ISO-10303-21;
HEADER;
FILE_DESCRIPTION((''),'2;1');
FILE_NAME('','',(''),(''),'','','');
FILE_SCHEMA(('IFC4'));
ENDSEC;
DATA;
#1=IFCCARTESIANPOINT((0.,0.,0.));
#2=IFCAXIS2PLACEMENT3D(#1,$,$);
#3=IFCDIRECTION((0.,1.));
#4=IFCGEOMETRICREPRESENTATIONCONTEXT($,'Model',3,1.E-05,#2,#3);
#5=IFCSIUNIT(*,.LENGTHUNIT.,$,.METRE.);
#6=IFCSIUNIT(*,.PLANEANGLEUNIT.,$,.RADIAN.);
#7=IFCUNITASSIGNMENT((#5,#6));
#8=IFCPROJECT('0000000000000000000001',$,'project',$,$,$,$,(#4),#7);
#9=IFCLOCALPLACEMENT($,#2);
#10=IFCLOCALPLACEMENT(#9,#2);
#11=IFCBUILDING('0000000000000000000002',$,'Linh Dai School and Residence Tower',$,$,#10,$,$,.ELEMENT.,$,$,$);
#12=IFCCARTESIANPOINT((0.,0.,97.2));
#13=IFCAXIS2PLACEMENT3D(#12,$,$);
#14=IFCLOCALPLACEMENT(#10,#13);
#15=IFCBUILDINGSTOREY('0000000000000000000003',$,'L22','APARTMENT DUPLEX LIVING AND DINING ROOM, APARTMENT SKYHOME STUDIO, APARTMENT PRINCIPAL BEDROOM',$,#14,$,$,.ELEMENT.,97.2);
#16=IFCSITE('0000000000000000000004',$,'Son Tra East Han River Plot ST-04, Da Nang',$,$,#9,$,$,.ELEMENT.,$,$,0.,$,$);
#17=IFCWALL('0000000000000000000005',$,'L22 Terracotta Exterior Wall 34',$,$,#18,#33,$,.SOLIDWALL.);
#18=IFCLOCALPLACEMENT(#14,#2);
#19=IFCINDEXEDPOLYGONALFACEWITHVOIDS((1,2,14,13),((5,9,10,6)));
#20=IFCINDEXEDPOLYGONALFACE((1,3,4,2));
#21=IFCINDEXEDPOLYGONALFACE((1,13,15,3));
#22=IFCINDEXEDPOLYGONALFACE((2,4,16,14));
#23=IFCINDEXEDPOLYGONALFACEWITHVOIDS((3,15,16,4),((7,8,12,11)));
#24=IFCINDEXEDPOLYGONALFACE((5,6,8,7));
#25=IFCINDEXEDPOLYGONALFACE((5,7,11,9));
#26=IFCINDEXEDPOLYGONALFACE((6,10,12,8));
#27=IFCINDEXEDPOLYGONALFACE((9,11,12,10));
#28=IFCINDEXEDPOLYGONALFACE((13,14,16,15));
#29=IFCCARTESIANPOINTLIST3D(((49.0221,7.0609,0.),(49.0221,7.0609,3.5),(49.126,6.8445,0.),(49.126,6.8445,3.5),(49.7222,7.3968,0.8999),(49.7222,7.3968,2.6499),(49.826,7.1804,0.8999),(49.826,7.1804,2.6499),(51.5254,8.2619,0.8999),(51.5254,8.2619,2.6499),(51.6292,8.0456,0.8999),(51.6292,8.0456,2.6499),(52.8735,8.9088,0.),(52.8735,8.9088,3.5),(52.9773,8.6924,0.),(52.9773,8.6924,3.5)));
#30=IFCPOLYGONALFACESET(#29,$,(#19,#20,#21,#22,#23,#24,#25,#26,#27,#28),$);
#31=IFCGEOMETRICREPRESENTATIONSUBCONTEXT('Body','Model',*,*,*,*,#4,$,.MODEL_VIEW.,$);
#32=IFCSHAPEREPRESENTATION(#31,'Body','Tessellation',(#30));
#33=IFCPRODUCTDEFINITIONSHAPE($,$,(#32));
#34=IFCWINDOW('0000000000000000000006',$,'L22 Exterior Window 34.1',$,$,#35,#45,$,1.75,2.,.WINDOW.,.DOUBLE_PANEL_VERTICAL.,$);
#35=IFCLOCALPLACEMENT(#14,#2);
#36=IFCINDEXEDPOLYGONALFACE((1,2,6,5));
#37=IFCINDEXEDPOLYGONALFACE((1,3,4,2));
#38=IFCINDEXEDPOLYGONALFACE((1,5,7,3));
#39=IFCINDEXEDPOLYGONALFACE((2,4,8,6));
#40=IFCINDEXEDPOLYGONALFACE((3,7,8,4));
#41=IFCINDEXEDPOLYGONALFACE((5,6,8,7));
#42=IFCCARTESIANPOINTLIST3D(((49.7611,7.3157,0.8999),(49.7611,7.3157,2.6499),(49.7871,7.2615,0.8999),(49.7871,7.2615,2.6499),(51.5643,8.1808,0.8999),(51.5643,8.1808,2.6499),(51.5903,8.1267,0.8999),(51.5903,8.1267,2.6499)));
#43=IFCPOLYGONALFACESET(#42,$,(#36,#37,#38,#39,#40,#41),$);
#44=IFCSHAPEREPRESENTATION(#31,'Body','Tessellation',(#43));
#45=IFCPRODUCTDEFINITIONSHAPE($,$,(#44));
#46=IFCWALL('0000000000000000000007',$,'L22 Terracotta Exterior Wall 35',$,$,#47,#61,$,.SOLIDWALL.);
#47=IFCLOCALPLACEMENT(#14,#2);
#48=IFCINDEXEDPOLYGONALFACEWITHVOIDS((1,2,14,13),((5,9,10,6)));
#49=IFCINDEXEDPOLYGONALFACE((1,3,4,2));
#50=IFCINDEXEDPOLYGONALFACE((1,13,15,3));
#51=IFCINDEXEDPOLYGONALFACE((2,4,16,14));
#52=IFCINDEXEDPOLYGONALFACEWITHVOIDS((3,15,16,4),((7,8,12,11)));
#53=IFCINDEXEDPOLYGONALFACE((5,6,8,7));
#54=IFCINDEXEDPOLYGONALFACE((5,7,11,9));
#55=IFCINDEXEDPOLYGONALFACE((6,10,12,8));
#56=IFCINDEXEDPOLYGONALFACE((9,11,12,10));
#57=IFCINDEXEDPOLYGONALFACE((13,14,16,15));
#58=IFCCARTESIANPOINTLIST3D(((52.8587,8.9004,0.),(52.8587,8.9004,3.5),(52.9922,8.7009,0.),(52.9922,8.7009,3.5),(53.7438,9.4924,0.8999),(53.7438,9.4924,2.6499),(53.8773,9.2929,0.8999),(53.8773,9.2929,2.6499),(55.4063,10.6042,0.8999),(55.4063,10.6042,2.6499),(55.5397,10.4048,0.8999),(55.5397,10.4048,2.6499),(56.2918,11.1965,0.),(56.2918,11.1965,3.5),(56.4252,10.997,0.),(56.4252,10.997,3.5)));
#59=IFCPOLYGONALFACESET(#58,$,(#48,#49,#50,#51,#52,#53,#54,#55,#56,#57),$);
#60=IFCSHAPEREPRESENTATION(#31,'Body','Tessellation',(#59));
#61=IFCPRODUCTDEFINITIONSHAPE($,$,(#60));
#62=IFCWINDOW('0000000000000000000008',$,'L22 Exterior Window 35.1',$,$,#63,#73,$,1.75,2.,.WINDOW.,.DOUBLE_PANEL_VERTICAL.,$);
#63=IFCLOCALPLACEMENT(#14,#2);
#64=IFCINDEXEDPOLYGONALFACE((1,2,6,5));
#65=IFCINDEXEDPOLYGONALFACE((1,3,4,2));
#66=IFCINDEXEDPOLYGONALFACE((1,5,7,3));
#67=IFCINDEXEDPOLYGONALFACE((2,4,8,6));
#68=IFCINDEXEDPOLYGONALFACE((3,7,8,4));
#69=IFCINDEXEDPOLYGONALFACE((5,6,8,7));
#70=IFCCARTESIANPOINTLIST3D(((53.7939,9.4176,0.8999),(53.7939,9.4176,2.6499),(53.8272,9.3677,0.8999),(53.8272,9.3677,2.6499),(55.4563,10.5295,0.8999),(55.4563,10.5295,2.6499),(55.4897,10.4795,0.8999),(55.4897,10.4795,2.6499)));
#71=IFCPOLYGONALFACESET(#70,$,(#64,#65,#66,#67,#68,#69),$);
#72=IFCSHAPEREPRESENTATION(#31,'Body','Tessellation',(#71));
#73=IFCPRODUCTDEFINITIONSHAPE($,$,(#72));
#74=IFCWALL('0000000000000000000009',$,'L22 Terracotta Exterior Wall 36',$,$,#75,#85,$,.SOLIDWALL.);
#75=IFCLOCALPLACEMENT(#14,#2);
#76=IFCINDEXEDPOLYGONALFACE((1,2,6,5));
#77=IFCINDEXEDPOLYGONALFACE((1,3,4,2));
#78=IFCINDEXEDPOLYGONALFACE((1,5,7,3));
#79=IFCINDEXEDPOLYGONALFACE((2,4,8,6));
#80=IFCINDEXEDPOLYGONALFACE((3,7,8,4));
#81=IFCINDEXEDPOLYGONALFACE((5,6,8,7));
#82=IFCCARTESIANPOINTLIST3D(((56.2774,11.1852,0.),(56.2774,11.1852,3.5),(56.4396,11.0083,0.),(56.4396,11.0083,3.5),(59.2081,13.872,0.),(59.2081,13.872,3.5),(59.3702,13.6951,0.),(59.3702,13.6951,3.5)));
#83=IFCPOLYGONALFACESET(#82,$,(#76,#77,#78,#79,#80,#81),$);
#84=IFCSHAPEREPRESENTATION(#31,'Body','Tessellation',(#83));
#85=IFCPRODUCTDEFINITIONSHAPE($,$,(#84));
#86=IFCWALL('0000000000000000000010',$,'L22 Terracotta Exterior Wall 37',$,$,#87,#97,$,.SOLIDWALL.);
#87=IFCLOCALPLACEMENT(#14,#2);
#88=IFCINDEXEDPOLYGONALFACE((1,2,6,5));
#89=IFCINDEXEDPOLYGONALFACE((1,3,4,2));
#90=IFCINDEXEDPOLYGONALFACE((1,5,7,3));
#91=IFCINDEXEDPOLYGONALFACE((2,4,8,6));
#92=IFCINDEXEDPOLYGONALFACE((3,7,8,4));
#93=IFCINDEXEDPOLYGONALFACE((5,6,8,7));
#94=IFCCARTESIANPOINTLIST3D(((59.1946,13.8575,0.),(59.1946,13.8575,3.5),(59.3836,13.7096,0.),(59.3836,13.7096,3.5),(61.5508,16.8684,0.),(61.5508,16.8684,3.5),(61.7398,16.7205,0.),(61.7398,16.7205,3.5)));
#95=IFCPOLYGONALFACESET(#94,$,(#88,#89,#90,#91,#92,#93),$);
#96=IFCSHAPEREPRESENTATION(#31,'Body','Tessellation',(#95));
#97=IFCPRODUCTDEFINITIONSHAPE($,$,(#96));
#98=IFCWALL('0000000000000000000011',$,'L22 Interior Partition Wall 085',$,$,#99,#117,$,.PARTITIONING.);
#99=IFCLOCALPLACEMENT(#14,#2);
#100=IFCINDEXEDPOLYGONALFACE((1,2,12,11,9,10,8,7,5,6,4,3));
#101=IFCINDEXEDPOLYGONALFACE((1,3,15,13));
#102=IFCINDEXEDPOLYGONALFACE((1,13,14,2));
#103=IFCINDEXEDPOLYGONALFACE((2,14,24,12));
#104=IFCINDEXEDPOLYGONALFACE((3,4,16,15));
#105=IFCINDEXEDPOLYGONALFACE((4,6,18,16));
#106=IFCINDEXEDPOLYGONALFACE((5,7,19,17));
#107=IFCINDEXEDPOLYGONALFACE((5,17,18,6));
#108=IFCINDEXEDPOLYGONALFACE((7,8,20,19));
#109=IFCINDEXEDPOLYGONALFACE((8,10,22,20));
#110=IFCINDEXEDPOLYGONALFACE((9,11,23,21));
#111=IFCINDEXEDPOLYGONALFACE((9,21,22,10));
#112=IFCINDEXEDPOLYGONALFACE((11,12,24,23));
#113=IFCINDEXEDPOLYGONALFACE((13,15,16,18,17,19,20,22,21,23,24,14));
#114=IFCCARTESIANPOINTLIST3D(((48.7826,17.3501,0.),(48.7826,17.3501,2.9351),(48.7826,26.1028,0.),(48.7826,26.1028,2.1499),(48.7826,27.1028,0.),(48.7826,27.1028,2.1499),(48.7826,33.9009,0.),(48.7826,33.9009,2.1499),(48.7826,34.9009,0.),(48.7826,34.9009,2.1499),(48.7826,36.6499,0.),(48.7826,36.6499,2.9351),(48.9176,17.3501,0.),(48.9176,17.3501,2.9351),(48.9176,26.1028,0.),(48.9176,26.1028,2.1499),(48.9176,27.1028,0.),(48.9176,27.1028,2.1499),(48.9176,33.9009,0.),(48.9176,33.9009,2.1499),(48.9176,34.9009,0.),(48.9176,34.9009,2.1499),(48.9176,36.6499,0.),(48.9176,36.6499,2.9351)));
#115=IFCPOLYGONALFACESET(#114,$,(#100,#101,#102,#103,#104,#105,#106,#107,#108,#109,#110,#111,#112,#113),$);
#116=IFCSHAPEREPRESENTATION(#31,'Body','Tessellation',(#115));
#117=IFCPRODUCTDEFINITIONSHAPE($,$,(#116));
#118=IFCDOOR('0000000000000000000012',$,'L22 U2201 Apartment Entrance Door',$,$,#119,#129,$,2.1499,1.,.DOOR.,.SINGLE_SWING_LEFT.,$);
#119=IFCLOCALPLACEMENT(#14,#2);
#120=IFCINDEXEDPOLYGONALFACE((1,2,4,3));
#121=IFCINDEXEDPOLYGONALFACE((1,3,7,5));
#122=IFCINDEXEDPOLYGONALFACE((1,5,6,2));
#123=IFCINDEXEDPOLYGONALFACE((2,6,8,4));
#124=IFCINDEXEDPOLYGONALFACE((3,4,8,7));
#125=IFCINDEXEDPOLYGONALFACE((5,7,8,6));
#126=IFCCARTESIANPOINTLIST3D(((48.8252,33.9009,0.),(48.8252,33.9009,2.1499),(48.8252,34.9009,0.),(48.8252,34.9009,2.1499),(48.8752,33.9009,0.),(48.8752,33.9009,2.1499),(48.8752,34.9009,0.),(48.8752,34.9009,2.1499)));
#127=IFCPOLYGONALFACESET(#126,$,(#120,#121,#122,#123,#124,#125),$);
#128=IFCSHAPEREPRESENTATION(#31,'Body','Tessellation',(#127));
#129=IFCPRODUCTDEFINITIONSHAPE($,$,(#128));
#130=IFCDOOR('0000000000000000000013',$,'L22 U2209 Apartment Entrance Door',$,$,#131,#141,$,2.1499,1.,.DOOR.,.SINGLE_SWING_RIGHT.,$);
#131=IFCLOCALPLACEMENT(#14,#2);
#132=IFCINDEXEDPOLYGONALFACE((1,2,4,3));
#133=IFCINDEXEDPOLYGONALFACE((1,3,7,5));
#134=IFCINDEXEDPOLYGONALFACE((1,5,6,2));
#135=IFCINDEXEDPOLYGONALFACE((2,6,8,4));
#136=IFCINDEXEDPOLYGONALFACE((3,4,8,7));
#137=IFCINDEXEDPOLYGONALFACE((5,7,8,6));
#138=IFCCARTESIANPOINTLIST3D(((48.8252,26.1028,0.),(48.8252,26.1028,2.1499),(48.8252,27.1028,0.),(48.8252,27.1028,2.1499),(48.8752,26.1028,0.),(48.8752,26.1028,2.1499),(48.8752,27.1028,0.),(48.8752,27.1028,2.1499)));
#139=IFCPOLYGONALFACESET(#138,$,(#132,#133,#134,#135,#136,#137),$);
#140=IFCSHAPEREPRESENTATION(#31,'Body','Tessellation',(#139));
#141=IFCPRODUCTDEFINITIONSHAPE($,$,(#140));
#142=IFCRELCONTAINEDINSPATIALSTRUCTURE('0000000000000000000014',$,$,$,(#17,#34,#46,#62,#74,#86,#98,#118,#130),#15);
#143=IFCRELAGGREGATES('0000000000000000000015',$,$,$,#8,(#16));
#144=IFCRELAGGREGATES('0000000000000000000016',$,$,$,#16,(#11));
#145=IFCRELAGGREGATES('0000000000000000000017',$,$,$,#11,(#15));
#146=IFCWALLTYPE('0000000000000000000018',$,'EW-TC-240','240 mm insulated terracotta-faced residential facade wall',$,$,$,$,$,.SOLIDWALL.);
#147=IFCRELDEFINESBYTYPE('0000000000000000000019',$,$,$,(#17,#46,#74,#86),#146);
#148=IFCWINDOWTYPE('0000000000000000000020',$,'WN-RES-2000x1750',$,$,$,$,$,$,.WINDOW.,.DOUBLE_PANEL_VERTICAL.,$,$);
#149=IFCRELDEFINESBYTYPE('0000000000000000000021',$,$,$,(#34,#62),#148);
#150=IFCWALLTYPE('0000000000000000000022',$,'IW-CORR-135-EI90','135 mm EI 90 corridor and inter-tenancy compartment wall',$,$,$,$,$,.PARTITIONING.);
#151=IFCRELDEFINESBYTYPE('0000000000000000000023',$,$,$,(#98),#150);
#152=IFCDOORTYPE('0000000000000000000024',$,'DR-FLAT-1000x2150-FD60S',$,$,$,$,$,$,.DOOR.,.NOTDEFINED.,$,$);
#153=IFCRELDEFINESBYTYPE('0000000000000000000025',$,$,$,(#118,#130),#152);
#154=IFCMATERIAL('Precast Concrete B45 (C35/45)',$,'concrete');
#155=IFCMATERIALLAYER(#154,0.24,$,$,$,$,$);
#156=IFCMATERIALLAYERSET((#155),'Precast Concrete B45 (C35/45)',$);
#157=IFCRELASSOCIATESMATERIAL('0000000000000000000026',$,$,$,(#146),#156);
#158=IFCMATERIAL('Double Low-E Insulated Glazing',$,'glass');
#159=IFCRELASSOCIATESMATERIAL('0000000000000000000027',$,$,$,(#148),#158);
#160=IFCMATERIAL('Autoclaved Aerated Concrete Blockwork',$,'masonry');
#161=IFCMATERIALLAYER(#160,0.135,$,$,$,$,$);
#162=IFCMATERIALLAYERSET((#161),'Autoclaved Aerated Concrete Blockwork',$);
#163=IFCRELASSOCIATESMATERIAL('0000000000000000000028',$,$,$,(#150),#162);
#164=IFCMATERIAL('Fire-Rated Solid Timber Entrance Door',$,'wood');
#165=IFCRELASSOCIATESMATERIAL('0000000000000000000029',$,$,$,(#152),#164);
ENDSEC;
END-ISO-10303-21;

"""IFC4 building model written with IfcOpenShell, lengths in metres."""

from ifc_helpers import new_model, si_unit, direction, frame, frame_2d, origin, origin_2d, place, context, subcontext, project, spatial, rectangle, extrude, source, transform, mapped, material, layer, layer_set, type_object, element, fill, save


model = new_model("IFC4")

# Units and contexts
model_context = context("Model", 3, precision=1e-05, world=origin(), true_north=direction((0.0, 1.0)))
body_context = subcontext(model_context, "Body", "Model", "MODEL_VIEW")
ifc_project = project(units=[si_unit("LENGTHUNIT", "METRE"), si_unit("PLANEANGLEUNIT", "RADIAN")], contexts=[model_context])

# Site, building, storey
site_placement = place(None, origin())
site = spatial("IfcSite", under=ifc_project, at=site_placement, Name="Son Tra East Han River Plot ST-04, Da Nang", CompositionType="ELEMENT", RefElevation=0.0)
building_placement = place(site_placement, origin())
building = spatial("IfcBuilding", under=site, at=building_placement, Name="Linh Dai School and Residence Tower", CompositionType="ELEMENT")
storey_placement = place(building_placement, frame((0.0, 0.0, 97.2)))
storey = spatial("IfcBuildingStorey", under=building, at=storey_placement, Name="L22", Description="APARTMENT DUPLEX LIVING AND DINING ROOM, APARTMENT SKYHOME STUDIO, APARTMENT PRINCIPAL BEDROOM", CompositionType="ELEMENT", Elevation=97.2)

# Shared definitions
ifc_material_1 = material(Name="Precast Concrete B45 (C35/45)", Category="concrete")

# Shared definitions
ifc_layer_1 = layer(ifc_material_1, 0.24)
ifc_layer_set_1 = layer_set([ifc_layer_1], Name="Precast Concrete B45 (C35/45)")
wall_type_1 = type_object("IfcWallType", Name="EW-TC-240", Description="240 mm insulated terracotta-faced residential facade wall", PredefinedType="SOLIDWALL", material=ifc_layer_set_1)

# Walls, openings, windows
ifc_material_2 = material(Name="Double Low-E Insulated Glazing", Category="glass")
window_type = type_object("IfcWindowType", Name="WN-RES-2000x1750", PartitioningType="DOUBLE_PANEL_VERTICAL", PredefinedType="WINDOW", material=ifc_material_2)
shared_shape_1 = source(origin(), body_context, "Body", "SweptSolid", [
    extrude(rectangle(XDim=2.0, YDim=1.75, at=origin_2d()), frame((1.0, 0.03, 0.875), z_axis=(0.0, -1.0, 0.0), x_axis=(1.0, 0.0, 0.0)), (0.0, 0.0, 1.0), 0.0601),
])
wall_1_placement = place(storey_placement, frame((52.9253, 8.8005, 0.0), z_axis=(0.0, 0.0, 1.0), x_axis=(-0.90159, -0.432592, 0.0)))
wall_1 = element("IfcWall", 1, at=wall_1_placement, inside=storey, type_object=wall_type_1, Name="L22 Terracotta Exterior Wall 34", PredefinedType="SOLIDWALL", context=body_context, shape_type="SweptSolid", body=[
    extrude(rectangle(XDim=4.2717, YDim=0.24, at=frame_2d((2.1357, 0.0))), origin(), (0.0, 0.0, 1.0), 3.5),
])
opening_1_placement = place(wall_1_placement, frame((1.4951, 0.0, 0.8999)))
opening_1 = element("IfcOpeningElement", 2, at=opening_1_placement, cuts=wall_1, PredefinedType="OPENING", context=body_context, shape_type="SweptSolid", body=[
    extrude(rectangle(XDim=2.0, YDim=1.75, at=origin_2d()), frame((1.0, 0.1299, 0.875), z_axis=(0.0, -1.0, 0.0), x_axis=(1.0, 0.0, 0.0)), (0.0, 0.0, 1.0), 0.26),
])
window_1_placement = place(opening_1_placement, origin())
window_1 = element("IfcWindow", 3, at=window_1_placement, inside=storey, type_object=window_type, Name="L22 Exterior Window 34.1", OverallHeight=1.75, OverallWidth=2.0, PartitioningType="DOUBLE_PANEL_VERTICAL", PredefinedType="WINDOW", context=body_context, shape_type="MappedRepresentation", body=[
    mapped(shared_shape_1, transform((0.0, 0.0, 0.0), x_axis=(1.0, 0.0, 0.0), y_axis=(0.0, 1.0, 0.0), z_axis=(0.0, 0.0, 1.0), scale=1.0)),
])
fill(opening_1, window_1)
wall_2_placement = place(storey_placement, frame((56.3584, 11.0967, 0.0), z_axis=(0.0, 0.0, 1.0), x_axis=(-0.831222, -0.555941, 0.0)))
wall_2 = element("IfcWall", 4, at=wall_2_placement, inside=storey, type_object=wall_type_1, Name="L22 Terracotta Exterior Wall 35", PredefinedType="SOLIDWALL", context=body_context, shape_type="SweptSolid", body=[
    extrude(rectangle(XDim=4.1301, YDim=0.24, at=frame_2d((2.0649, 0.0))), origin(), (0.0, 0.0, 1.0), 3.5),
])
opening_2_placement = place(wall_2_placement, frame((1.0652, 0.0, 0.8999)))
opening_2 = element("IfcOpeningElement", 5, at=opening_2_placement, cuts=wall_2, PredefinedType="OPENING", context=body_context, shape_type="SweptSolid", body=[
    extrude(rectangle(XDim=2.0, YDim=1.75, at=origin_2d()), frame((1.0, 0.1299, 0.875), z_axis=(0.0, -1.0, 0.0), x_axis=(1.0, 0.0, 0.0)), (0.0, 0.0, 1.0), 0.26),
])
window_2_placement = place(opening_2_placement, origin())
window_2 = element("IfcWindow", 6, at=window_2_placement, inside=storey, type_object=window_type, Name="L22 Exterior Window 35.1", OverallHeight=1.75, OverallWidth=2.0, PartitioningType="DOUBLE_PANEL_VERTICAL", PredefinedType="WINDOW", context=body_context, shape_type="MappedRepresentation", body=[
    mapped(shared_shape_1, transform((0.0, 0.0, 0.0), x_axis=(1.0, 0.0, 0.0), y_axis=(0.0, 1.0, 0.0), z_axis=(0.0, 0.0, 1.0), scale=1.0)),
])
fill(opening_2, window_2)

# Walls
wall_3_placement = place(storey_placement, frame((59.2891, 13.7834, 0.0), z_axis=(0.0, 0.0, 1.0), x_axis=(-0.737113, -0.675769, 0.0)))
element("IfcWall", 7, at=wall_3_placement, inside=storey, type_object=wall_type_1, Name="L22 Terracotta Exterior Wall 36", PredefinedType="SOLIDWALL", context=body_context, shape_type="SweptSolid", body=[
    extrude(rectangle(XDim=3.9758, YDim=0.24, at=frame_2d((1.9878, 0.0))), origin(), (0.0, 0.0, 1.0), 3.5),
])
wall_4_placement = place(storey_placement, frame((61.6453, 16.7944, 0.0), z_axis=(0.0, 0.0, 1.0), x_axis=(-0.616272, -0.787533, 0.0)))
element("IfcWall", 8, at=wall_4_placement, inside=storey, type_object=wall_type_1, Name="L22 Terracotta Exterior Wall 37", PredefinedType="SOLIDWALL", context=body_context, shape_type="SweptSolid", body=[
    extrude(rectangle(XDim=3.8232, YDim=0.24, at=frame_2d((1.9116, 0.0))), origin(), (0.0, 0.0, 1.0), 3.5),
])

# Wall, openings, doors
ifc_material_3 = material(Name="Autoclaved Aerated Concrete Blockwork", Category="masonry")
ifc_layer_2 = layer(ifc_material_3, 0.135)
ifc_layer_set_2 = layer_set([ifc_layer_2], Name="Autoclaved Aerated Concrete Blockwork")
wall_type_2 = type_object("IfcWallType", Name="IW-CORR-135-EI90", Description="135 mm EI 90 corridor and inter-tenancy compartment wall", PredefinedType="PARTITIONING", material=ifc_layer_set_2)
wall_5_placement = place(storey_placement, frame((48.8501, 17.3501, 0.0), z_axis=(0.0, 0.0, 1.0), x_axis=(0.0, 1.0, 0.0)))
wall_5 = element("IfcWall", 9, at=wall_5_placement, inside=storey, type_object=wall_type_2, Name="L22 Interior Partition Wall 085", PredefinedType="PARTITIONING", context=body_context, shape_type="SweptSolid", body=[
    extrude(rectangle(XDim=19.2998, YDim=0.135, at=frame_2d((9.6499, 0.0))), origin(), (0.0, 0.0, 1.0), 2.9351),
])
opening_3_placement = place(wall_5_placement, frame((16.5508, 0.0, 0.0)))
opening_3 = element("IfcOpeningElement", 10, at=opening_3_placement, cuts=wall_5, PredefinedType="OPENING", context=body_context, shape_type="SweptSolid", body=[
    extrude(rectangle(XDim=1.0, YDim=2.1499, at=origin_2d()), frame((0.5, 0.0776, 1.075), z_axis=(0.0, -1.0, 0.0), x_axis=(1.0, 0.0, 0.0)), (0.0, 0.0, 1.0), 0.155),
])
opening_4_placement = place(wall_5_placement, frame((8.7527, 0.0, 0.0)))
opening_4 = element("IfcOpeningElement", 11, at=opening_4_placement, cuts=wall_5, PredefinedType="OPENING", context=body_context, shape_type="SweptSolid", body=[
    extrude(rectangle(XDim=1.0, YDim=2.1499, at=origin_2d()), frame((0.5, 0.0776, 1.075), z_axis=(0.0, -1.0, 0.0), x_axis=(1.0, 0.0, 0.0)), (0.0, 0.0, 1.0), 0.155),
])
ifc_material_4 = material(Name="Fire-Rated Solid Timber Entrance Door", Category="wood")
door_type_1 = type_object("IfcDoorType", Name="DR-FLAT-1000x2150-FD60S", OperationType="NOTDEFINED", PredefinedType="DOOR", material=ifc_material_4)
shared_shape_2 = source(origin(), body_context, "Body", "SweptSolid", [
    extrude(rectangle(XDim=1.0, YDim=2.1499, at=origin_2d()), frame((0.5, 0.0249, 1.075), z_axis=(0.0, -1.0, 0.0), x_axis=(1.0, 0.0, 0.0)), (0.0, 0.0, 1.0), 0.05),
])
door_1_placement = place(opening_3_placement, origin())
door_1 = element("IfcDoor", 12, at=door_1_placement, inside=storey, type_object=door_type_1, Name="L22 U2201 Apartment Entrance Door", OperationType="SINGLE_SWING_LEFT", OverallHeight=2.1499, OverallWidth=1.0, PredefinedType="DOOR", context=body_context, shape_type="MappedRepresentation", body=[
    mapped(shared_shape_2, transform((0.0, 0.0, 0.0), x_axis=(1.0, 0.0, 0.0), y_axis=(0.0, 1.0, 0.0), z_axis=(0.0, 0.0, 1.0), scale=1.0)),
])
fill(opening_3, door_1)
door_2_placement = place(opening_4_placement, origin())
door_2 = element("IfcDoor", 13, at=door_2_placement, inside=storey, type_object=door_type_1, Name="L22 U2209 Apartment Entrance Door", OperationType="SINGLE_SWING_RIGHT", OverallHeight=2.1499, OverallWidth=1.0, PredefinedType="DOOR", context=body_context, shape_type="MappedRepresentation", body=[
    mapped(shared_shape_2, transform((0.0, 0.0, 0.0), x_axis=(1.0, 0.0, 0.0), y_axis=(0.0, 1.0, 0.0), z_axis=(0.0, 0.0, 1.0), scale=1.0)),
])
fill(opening_4, door_2)

save(model, "model.ifc")
